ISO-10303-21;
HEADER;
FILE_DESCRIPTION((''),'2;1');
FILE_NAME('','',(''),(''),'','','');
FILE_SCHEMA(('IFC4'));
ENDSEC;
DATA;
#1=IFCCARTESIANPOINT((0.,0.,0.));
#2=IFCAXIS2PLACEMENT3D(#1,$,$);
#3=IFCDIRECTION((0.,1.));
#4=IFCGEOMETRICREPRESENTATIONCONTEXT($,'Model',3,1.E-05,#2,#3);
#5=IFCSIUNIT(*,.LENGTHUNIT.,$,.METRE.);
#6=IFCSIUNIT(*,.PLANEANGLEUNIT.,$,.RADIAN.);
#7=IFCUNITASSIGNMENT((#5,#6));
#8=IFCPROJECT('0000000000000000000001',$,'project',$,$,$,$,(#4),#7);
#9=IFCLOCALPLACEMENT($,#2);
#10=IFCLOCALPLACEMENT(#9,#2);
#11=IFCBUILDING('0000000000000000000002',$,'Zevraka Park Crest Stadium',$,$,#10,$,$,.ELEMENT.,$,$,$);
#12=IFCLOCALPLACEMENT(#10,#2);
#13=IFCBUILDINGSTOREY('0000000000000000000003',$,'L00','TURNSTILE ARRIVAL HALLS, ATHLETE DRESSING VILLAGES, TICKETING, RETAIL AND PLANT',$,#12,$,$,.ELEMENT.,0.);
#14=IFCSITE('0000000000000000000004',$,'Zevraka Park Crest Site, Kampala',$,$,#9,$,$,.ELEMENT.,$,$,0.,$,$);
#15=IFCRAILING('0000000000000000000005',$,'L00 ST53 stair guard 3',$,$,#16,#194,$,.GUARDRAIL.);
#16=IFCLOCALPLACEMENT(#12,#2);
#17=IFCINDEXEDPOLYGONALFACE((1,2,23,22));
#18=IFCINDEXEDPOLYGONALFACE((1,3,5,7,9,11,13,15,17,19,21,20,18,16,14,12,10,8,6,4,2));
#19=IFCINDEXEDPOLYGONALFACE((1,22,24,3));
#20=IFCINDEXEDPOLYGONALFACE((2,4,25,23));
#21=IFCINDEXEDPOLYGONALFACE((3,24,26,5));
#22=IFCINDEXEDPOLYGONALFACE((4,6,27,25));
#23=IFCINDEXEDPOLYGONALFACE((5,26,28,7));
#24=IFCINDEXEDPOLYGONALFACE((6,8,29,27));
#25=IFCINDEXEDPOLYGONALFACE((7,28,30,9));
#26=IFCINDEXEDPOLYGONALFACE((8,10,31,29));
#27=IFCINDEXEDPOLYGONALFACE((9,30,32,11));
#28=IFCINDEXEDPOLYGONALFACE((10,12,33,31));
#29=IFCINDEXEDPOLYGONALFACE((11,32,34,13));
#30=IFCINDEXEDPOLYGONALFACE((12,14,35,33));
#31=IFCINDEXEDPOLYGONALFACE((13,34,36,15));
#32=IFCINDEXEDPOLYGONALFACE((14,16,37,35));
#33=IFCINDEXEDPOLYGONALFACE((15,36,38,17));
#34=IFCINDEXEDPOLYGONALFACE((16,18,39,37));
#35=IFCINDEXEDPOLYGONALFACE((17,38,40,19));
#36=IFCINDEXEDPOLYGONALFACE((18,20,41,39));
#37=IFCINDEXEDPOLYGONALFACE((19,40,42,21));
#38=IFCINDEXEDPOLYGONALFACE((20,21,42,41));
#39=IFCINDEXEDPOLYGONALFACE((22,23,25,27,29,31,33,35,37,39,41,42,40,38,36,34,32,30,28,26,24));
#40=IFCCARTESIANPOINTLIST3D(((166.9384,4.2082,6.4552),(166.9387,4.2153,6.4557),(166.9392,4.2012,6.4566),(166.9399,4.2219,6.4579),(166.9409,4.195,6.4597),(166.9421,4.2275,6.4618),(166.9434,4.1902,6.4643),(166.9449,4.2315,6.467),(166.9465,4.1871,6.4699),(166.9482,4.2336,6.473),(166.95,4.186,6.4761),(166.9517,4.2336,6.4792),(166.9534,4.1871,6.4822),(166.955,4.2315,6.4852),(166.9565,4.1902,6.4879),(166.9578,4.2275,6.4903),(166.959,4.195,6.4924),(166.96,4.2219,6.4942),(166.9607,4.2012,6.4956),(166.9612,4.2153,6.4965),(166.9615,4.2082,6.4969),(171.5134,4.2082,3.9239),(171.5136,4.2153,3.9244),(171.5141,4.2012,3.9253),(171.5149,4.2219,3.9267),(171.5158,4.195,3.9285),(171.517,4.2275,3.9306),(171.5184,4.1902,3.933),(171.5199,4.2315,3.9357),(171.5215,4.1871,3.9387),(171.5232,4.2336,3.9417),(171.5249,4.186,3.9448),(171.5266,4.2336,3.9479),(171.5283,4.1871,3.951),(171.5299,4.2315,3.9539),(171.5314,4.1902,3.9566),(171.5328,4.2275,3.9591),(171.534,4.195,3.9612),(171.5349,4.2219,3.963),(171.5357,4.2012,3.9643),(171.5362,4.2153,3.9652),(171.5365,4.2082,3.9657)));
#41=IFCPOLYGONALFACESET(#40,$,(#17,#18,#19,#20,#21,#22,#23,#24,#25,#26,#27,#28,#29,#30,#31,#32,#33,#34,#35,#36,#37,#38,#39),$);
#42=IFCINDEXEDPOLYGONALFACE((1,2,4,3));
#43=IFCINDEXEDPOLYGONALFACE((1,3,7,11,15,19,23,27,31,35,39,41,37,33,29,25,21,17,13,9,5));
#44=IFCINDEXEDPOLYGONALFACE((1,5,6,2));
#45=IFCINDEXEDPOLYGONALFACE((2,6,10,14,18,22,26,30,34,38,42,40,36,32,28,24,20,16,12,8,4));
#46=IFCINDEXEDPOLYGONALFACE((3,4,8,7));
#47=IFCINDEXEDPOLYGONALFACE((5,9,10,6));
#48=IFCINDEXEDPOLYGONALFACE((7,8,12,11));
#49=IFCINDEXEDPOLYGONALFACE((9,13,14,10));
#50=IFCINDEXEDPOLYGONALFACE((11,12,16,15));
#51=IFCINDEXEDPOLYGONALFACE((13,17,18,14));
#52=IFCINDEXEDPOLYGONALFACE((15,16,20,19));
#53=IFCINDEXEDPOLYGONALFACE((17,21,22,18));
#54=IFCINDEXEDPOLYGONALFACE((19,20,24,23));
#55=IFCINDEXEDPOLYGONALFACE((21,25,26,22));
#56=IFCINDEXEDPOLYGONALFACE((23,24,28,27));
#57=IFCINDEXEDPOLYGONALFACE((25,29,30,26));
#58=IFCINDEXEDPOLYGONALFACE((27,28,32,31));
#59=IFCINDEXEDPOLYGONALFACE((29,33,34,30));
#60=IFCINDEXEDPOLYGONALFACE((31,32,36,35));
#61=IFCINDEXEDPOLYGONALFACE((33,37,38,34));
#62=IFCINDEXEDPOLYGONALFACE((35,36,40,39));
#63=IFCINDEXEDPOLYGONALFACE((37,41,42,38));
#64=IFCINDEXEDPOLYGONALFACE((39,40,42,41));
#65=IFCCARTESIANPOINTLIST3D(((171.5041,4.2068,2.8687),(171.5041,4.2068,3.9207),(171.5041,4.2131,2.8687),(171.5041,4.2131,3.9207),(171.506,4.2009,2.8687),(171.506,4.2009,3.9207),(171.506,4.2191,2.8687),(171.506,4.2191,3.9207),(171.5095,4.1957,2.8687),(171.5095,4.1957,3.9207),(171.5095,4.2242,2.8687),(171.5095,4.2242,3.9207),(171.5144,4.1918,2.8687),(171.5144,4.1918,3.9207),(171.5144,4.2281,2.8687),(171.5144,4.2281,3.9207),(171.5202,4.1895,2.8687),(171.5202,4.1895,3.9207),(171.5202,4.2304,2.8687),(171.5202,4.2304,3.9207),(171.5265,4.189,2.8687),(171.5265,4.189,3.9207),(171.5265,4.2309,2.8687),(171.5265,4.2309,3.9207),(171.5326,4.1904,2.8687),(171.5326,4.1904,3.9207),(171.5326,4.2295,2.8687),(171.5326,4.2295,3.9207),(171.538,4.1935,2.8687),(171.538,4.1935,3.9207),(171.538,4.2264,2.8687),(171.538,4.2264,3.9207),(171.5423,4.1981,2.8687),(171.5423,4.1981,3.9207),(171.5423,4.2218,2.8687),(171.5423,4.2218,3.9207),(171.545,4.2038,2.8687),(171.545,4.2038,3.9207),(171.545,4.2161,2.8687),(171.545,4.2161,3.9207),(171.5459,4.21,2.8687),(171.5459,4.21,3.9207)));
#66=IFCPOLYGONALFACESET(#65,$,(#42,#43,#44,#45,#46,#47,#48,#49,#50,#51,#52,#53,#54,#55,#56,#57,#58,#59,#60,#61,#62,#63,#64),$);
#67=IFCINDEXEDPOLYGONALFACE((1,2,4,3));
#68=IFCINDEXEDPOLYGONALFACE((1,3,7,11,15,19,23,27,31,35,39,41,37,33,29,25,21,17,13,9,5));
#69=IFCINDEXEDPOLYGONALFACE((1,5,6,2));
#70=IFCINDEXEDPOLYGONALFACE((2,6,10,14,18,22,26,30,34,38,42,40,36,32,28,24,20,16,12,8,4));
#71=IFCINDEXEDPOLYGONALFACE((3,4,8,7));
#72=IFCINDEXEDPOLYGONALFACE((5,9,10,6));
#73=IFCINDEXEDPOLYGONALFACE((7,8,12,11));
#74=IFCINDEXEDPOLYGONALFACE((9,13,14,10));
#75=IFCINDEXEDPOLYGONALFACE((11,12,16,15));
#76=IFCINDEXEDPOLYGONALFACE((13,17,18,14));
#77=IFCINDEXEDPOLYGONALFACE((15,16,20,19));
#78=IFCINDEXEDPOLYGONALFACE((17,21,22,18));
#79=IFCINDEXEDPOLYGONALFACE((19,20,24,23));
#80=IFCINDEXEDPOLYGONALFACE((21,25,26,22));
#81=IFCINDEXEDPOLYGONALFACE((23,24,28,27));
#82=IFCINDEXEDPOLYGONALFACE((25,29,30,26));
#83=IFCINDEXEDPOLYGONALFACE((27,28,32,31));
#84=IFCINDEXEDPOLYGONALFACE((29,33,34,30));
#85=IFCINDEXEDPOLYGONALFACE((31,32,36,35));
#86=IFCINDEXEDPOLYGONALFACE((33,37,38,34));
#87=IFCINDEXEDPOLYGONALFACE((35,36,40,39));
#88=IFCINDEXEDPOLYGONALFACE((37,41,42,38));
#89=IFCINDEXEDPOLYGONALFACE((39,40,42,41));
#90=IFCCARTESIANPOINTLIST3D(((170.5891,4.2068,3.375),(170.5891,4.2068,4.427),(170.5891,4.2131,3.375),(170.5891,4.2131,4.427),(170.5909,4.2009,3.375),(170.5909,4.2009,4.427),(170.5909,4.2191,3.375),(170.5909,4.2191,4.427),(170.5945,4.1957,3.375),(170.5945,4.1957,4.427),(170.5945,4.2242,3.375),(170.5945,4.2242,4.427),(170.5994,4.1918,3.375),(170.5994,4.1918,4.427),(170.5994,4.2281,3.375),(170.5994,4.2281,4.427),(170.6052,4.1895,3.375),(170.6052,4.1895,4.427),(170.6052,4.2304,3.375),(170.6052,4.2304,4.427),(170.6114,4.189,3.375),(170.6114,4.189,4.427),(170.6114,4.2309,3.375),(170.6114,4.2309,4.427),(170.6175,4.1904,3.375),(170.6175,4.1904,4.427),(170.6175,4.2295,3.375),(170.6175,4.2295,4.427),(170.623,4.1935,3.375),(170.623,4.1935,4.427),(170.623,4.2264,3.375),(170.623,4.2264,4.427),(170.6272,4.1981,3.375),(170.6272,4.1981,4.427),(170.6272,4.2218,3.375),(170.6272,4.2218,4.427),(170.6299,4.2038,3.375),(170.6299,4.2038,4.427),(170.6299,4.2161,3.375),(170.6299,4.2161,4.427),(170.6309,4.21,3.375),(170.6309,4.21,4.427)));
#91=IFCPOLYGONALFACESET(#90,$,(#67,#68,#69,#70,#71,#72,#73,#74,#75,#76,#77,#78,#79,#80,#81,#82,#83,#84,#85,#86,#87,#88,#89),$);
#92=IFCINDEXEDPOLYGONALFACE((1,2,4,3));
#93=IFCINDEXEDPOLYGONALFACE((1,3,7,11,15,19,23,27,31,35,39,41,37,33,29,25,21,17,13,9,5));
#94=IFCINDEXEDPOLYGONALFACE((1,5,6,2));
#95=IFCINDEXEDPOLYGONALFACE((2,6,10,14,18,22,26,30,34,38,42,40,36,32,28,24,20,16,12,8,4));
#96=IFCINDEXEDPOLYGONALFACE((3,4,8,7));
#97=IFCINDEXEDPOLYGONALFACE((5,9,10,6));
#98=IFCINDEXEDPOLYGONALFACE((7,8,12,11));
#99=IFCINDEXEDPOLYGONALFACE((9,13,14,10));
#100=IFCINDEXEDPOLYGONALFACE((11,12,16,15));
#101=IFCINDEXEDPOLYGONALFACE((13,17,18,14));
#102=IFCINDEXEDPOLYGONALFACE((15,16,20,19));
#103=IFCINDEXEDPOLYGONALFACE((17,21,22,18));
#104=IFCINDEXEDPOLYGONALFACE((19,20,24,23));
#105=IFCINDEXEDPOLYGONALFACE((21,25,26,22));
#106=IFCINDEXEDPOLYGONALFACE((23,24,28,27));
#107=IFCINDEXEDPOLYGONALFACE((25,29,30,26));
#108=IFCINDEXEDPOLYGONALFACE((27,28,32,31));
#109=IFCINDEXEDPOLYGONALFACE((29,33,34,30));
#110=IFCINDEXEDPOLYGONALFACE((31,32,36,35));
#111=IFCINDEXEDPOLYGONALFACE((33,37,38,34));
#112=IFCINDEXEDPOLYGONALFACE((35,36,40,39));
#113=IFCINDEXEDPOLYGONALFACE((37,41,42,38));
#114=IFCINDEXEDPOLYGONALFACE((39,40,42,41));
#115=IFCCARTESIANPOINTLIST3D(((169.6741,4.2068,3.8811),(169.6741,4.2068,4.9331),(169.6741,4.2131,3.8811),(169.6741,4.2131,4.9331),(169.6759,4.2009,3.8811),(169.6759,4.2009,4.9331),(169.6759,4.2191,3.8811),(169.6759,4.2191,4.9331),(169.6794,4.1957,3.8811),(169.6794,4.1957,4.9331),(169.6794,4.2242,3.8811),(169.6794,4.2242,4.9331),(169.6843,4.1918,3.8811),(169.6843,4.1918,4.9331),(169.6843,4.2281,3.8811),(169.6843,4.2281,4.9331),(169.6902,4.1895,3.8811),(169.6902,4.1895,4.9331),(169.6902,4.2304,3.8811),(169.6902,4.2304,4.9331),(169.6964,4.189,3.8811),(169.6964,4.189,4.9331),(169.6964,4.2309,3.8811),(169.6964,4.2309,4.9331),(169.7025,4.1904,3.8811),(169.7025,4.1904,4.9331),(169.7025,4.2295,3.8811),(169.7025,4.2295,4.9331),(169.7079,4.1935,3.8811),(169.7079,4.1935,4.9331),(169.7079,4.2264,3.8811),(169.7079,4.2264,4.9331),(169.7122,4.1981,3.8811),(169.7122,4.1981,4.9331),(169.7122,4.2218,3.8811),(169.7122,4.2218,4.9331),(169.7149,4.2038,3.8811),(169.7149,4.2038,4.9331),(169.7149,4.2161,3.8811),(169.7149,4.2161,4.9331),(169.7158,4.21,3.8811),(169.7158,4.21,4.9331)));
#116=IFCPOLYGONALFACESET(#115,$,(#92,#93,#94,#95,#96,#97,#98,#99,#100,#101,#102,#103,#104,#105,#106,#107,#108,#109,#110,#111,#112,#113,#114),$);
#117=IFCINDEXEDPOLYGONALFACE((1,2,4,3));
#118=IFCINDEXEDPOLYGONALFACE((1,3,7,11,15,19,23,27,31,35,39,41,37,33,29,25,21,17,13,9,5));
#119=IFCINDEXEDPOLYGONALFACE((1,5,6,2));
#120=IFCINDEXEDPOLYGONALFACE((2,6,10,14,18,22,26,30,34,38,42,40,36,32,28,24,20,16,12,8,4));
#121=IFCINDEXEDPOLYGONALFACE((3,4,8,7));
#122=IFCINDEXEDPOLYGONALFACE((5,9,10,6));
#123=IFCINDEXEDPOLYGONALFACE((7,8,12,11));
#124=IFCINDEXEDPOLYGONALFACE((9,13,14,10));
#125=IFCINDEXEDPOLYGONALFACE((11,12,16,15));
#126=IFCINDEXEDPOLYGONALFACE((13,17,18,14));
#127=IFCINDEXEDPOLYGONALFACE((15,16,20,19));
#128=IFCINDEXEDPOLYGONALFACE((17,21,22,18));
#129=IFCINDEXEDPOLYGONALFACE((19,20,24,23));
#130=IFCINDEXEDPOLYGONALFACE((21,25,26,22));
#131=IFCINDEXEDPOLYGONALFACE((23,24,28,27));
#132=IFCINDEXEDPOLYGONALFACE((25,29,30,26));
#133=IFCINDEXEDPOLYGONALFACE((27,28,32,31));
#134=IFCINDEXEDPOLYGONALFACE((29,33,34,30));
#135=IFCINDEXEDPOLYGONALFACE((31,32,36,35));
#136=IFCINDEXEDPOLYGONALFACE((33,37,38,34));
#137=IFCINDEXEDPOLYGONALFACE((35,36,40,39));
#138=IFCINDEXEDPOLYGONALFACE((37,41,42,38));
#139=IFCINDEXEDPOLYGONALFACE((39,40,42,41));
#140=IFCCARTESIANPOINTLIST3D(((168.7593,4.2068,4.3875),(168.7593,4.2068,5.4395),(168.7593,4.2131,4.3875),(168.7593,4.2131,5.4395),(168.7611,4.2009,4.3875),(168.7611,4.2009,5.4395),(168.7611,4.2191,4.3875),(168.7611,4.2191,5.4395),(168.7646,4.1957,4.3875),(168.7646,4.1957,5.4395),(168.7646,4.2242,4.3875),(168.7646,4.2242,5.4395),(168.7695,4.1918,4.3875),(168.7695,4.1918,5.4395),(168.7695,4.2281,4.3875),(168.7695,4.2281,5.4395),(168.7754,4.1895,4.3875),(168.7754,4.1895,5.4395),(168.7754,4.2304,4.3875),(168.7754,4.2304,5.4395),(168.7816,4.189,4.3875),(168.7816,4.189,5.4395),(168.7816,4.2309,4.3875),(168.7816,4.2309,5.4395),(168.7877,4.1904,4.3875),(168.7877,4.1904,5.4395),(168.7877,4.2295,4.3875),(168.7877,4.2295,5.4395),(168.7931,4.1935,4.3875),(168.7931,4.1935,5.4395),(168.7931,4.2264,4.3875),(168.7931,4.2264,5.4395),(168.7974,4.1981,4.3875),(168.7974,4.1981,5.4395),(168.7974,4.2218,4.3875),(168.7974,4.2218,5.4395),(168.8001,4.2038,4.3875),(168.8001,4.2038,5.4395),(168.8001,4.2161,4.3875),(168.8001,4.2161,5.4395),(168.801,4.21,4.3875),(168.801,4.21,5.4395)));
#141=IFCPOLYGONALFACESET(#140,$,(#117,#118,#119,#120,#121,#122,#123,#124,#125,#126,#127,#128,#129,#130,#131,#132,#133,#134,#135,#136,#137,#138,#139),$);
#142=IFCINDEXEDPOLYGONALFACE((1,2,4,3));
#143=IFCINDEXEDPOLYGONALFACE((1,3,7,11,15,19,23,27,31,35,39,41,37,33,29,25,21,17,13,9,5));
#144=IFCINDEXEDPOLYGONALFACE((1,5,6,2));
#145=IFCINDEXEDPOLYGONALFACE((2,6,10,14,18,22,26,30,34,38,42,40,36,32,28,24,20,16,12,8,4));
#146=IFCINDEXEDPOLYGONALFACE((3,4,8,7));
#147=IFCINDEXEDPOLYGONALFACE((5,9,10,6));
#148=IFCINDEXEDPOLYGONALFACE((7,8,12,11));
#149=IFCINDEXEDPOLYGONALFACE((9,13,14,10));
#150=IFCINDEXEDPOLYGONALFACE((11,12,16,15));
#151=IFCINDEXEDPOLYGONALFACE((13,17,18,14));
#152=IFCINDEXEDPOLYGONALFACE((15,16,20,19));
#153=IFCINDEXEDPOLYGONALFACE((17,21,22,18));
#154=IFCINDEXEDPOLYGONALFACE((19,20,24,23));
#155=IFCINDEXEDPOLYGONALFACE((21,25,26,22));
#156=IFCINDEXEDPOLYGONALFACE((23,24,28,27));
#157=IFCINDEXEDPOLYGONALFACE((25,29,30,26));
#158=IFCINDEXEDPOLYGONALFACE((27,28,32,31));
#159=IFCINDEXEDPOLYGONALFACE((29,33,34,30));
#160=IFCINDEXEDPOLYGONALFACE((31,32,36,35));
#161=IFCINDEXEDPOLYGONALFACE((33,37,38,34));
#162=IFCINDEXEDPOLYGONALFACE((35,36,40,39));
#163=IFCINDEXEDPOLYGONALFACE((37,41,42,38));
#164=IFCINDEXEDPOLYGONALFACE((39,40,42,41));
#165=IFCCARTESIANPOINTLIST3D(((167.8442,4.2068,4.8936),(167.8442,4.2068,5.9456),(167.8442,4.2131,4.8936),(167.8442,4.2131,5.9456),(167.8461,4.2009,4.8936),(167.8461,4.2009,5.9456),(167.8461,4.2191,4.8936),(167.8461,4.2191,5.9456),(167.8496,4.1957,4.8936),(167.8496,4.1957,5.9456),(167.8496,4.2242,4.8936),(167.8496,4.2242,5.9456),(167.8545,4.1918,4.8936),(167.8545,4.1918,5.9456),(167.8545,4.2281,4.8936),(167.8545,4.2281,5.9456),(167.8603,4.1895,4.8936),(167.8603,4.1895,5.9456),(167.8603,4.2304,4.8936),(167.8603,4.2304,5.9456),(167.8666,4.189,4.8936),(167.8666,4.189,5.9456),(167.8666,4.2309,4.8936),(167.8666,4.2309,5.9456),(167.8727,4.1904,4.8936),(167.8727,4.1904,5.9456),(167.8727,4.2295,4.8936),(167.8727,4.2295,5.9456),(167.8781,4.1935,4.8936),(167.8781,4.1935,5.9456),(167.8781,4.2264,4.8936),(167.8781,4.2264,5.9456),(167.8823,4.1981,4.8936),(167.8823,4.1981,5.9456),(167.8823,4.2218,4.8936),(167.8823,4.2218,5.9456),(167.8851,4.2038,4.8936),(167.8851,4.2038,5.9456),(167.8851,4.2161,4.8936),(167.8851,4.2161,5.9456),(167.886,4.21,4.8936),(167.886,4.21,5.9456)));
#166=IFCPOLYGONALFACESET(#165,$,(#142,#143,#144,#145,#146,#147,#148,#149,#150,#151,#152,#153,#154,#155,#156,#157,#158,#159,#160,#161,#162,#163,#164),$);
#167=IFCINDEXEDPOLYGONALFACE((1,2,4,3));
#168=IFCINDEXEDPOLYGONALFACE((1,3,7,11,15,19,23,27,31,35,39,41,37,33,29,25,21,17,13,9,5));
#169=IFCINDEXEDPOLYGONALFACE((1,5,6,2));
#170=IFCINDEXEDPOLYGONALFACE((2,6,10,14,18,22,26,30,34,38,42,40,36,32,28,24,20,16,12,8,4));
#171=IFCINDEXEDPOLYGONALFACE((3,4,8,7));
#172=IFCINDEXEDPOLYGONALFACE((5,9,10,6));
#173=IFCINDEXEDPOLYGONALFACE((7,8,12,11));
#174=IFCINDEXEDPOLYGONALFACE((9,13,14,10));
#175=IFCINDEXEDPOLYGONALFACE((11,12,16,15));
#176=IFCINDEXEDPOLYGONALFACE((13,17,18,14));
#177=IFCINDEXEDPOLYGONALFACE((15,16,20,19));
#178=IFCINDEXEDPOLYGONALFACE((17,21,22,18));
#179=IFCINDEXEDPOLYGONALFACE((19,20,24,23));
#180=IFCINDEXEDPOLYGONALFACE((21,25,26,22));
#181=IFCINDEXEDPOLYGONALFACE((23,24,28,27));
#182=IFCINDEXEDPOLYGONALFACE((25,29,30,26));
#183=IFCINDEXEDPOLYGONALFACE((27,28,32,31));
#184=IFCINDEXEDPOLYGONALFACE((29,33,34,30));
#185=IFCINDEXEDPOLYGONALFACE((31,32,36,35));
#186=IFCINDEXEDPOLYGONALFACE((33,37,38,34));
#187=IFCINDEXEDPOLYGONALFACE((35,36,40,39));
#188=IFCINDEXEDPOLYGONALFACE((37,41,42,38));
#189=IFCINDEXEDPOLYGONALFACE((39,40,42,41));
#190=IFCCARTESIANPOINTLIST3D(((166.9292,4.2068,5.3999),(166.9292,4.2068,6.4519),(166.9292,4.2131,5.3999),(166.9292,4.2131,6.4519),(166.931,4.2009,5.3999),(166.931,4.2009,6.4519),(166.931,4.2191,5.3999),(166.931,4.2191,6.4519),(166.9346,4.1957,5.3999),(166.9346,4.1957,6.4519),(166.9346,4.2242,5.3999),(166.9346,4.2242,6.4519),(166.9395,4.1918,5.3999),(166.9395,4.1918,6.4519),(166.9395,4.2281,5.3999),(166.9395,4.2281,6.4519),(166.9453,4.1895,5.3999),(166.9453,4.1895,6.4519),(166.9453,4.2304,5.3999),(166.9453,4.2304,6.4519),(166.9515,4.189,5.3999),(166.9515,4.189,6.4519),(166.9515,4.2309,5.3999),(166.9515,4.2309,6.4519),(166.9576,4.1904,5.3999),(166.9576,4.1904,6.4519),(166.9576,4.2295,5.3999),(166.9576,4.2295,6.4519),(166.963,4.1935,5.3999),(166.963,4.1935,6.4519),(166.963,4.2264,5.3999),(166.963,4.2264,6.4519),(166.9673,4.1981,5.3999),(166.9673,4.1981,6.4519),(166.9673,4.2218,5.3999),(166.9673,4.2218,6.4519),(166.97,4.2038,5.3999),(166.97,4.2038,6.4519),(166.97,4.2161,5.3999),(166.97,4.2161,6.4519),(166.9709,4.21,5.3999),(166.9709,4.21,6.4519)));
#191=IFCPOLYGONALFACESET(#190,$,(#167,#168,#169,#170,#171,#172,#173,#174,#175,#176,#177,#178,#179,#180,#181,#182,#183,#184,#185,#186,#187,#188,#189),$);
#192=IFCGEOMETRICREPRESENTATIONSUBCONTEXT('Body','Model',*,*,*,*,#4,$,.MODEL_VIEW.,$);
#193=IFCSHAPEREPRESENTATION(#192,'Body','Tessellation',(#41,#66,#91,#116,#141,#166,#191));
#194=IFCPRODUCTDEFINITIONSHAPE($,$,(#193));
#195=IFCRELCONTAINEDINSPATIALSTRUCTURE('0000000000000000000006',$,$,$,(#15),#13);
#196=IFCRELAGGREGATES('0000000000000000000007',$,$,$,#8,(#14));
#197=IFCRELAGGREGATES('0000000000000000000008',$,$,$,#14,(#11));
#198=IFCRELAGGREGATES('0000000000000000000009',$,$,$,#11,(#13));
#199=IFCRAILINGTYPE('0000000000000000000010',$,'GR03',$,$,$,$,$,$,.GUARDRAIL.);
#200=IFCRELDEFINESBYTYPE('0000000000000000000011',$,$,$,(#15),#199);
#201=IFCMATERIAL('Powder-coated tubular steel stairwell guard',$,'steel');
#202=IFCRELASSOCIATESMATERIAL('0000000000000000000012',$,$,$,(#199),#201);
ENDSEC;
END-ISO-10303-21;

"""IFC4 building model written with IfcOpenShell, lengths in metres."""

from ifc_helpers import new_model, si_unit, direction, frame, origin, origin_2d, place, context, subcontext, project, spatial, circle, extrude, material, type_object, element, save


model = new_model("IFC4")

# Units and contexts
model_context = context("Model", 3, precision=1e-05, world=origin(), true_north=direction((0.0, 1.0)))
body_context = subcontext(model_context, "Body", "Model", "MODEL_VIEW")
ifc_project = project(units=[si_unit("LENGTHUNIT", "METRE"), si_unit("PLANEANGLEUNIT", "RADIAN")], contexts=[model_context])

# Site, building, storey
site_placement = place(None, origin())
site = spatial("IfcSite", under=ifc_project, at=site_placement, Name="Zevraka Park Crest Site, Kampala", CompositionType="ELEMENT", RefElevation=0.0)
building_placement = place(site_placement, origin())
building = spatial("IfcBuilding", under=site, at=building_placement, Name="Zevraka Park Crest Stadium", CompositionType="ELEMENT")
storey_placement = place(building_placement, origin())
storey = spatial("IfcBuildingStorey", under=building, at=storey_placement, Name="L00", Description="TURNSTILE ARRIVAL HALLS, ATHLETE DRESSING VILLAGES, TICKETING, RETAIL AND PLANT", CompositionType="ELEMENT", Elevation=0.0)

# Railing
ifc_material_1 = material(Name="Powder-coated tubular steel stairwell guard", Category="steel")
railing_type_1 = type_object("IfcRailingType", Name="GR03", PredefinedType="GUARDRAIL", material=ifc_material_1)
railing_1_placement = place(storey_placement, frame((171.5249, 4.21, 2.8687)))
element("IfcRailing", 1, at=railing_1_placement, inside=storey, type_object=railing_type_1, Name="L00 ST53 stair guard 3", PredefinedType="GUARDRAIL", context=body_context, shape_type="SweptSolid", body=[
    extrude(circle(Radius=0.0239, at=origin_2d()), frame((0.0, 0.0, 1.0762), z_axis=(-0.875, 0.0, 0.484124), x_axis=(0.0, -1.0, 0.0)), (0.0, 0.0, 1.0), 5.2285),
    extrude(circle(Radius=0.021, at=origin_2d()), origin(), (0.0, 0.0, 1.0), 1.052),
    extrude(circle(Radius=0.021, at=origin_2d()), frame((-0.915, 0.0, 0.5063)), (0.0, 0.0, 1.0), 1.052),
    extrude(circle(Radius=0.021, at=origin_2d()), frame((-1.8301, 0.0, 1.0125)), (0.0, 0.0, 1.0), 1.052),
    extrude(circle(Radius=0.021, at=origin_2d()), frame((-2.7449, 0.0, 1.5188)), (0.0, 0.0, 1.0), 1.052),
    extrude(circle(Radius=0.021, at=origin_2d()), frame((-3.6599, 0.0, 2.0249)), (0.0, 0.0, 1.0), 1.052),
    extrude(circle(Radius=0.021, at=origin_2d()), frame((-4.575, 0.0, 2.5312)), (0.0, 0.0, 1.0), 1.052),
])

save(model, "model.ifc")
